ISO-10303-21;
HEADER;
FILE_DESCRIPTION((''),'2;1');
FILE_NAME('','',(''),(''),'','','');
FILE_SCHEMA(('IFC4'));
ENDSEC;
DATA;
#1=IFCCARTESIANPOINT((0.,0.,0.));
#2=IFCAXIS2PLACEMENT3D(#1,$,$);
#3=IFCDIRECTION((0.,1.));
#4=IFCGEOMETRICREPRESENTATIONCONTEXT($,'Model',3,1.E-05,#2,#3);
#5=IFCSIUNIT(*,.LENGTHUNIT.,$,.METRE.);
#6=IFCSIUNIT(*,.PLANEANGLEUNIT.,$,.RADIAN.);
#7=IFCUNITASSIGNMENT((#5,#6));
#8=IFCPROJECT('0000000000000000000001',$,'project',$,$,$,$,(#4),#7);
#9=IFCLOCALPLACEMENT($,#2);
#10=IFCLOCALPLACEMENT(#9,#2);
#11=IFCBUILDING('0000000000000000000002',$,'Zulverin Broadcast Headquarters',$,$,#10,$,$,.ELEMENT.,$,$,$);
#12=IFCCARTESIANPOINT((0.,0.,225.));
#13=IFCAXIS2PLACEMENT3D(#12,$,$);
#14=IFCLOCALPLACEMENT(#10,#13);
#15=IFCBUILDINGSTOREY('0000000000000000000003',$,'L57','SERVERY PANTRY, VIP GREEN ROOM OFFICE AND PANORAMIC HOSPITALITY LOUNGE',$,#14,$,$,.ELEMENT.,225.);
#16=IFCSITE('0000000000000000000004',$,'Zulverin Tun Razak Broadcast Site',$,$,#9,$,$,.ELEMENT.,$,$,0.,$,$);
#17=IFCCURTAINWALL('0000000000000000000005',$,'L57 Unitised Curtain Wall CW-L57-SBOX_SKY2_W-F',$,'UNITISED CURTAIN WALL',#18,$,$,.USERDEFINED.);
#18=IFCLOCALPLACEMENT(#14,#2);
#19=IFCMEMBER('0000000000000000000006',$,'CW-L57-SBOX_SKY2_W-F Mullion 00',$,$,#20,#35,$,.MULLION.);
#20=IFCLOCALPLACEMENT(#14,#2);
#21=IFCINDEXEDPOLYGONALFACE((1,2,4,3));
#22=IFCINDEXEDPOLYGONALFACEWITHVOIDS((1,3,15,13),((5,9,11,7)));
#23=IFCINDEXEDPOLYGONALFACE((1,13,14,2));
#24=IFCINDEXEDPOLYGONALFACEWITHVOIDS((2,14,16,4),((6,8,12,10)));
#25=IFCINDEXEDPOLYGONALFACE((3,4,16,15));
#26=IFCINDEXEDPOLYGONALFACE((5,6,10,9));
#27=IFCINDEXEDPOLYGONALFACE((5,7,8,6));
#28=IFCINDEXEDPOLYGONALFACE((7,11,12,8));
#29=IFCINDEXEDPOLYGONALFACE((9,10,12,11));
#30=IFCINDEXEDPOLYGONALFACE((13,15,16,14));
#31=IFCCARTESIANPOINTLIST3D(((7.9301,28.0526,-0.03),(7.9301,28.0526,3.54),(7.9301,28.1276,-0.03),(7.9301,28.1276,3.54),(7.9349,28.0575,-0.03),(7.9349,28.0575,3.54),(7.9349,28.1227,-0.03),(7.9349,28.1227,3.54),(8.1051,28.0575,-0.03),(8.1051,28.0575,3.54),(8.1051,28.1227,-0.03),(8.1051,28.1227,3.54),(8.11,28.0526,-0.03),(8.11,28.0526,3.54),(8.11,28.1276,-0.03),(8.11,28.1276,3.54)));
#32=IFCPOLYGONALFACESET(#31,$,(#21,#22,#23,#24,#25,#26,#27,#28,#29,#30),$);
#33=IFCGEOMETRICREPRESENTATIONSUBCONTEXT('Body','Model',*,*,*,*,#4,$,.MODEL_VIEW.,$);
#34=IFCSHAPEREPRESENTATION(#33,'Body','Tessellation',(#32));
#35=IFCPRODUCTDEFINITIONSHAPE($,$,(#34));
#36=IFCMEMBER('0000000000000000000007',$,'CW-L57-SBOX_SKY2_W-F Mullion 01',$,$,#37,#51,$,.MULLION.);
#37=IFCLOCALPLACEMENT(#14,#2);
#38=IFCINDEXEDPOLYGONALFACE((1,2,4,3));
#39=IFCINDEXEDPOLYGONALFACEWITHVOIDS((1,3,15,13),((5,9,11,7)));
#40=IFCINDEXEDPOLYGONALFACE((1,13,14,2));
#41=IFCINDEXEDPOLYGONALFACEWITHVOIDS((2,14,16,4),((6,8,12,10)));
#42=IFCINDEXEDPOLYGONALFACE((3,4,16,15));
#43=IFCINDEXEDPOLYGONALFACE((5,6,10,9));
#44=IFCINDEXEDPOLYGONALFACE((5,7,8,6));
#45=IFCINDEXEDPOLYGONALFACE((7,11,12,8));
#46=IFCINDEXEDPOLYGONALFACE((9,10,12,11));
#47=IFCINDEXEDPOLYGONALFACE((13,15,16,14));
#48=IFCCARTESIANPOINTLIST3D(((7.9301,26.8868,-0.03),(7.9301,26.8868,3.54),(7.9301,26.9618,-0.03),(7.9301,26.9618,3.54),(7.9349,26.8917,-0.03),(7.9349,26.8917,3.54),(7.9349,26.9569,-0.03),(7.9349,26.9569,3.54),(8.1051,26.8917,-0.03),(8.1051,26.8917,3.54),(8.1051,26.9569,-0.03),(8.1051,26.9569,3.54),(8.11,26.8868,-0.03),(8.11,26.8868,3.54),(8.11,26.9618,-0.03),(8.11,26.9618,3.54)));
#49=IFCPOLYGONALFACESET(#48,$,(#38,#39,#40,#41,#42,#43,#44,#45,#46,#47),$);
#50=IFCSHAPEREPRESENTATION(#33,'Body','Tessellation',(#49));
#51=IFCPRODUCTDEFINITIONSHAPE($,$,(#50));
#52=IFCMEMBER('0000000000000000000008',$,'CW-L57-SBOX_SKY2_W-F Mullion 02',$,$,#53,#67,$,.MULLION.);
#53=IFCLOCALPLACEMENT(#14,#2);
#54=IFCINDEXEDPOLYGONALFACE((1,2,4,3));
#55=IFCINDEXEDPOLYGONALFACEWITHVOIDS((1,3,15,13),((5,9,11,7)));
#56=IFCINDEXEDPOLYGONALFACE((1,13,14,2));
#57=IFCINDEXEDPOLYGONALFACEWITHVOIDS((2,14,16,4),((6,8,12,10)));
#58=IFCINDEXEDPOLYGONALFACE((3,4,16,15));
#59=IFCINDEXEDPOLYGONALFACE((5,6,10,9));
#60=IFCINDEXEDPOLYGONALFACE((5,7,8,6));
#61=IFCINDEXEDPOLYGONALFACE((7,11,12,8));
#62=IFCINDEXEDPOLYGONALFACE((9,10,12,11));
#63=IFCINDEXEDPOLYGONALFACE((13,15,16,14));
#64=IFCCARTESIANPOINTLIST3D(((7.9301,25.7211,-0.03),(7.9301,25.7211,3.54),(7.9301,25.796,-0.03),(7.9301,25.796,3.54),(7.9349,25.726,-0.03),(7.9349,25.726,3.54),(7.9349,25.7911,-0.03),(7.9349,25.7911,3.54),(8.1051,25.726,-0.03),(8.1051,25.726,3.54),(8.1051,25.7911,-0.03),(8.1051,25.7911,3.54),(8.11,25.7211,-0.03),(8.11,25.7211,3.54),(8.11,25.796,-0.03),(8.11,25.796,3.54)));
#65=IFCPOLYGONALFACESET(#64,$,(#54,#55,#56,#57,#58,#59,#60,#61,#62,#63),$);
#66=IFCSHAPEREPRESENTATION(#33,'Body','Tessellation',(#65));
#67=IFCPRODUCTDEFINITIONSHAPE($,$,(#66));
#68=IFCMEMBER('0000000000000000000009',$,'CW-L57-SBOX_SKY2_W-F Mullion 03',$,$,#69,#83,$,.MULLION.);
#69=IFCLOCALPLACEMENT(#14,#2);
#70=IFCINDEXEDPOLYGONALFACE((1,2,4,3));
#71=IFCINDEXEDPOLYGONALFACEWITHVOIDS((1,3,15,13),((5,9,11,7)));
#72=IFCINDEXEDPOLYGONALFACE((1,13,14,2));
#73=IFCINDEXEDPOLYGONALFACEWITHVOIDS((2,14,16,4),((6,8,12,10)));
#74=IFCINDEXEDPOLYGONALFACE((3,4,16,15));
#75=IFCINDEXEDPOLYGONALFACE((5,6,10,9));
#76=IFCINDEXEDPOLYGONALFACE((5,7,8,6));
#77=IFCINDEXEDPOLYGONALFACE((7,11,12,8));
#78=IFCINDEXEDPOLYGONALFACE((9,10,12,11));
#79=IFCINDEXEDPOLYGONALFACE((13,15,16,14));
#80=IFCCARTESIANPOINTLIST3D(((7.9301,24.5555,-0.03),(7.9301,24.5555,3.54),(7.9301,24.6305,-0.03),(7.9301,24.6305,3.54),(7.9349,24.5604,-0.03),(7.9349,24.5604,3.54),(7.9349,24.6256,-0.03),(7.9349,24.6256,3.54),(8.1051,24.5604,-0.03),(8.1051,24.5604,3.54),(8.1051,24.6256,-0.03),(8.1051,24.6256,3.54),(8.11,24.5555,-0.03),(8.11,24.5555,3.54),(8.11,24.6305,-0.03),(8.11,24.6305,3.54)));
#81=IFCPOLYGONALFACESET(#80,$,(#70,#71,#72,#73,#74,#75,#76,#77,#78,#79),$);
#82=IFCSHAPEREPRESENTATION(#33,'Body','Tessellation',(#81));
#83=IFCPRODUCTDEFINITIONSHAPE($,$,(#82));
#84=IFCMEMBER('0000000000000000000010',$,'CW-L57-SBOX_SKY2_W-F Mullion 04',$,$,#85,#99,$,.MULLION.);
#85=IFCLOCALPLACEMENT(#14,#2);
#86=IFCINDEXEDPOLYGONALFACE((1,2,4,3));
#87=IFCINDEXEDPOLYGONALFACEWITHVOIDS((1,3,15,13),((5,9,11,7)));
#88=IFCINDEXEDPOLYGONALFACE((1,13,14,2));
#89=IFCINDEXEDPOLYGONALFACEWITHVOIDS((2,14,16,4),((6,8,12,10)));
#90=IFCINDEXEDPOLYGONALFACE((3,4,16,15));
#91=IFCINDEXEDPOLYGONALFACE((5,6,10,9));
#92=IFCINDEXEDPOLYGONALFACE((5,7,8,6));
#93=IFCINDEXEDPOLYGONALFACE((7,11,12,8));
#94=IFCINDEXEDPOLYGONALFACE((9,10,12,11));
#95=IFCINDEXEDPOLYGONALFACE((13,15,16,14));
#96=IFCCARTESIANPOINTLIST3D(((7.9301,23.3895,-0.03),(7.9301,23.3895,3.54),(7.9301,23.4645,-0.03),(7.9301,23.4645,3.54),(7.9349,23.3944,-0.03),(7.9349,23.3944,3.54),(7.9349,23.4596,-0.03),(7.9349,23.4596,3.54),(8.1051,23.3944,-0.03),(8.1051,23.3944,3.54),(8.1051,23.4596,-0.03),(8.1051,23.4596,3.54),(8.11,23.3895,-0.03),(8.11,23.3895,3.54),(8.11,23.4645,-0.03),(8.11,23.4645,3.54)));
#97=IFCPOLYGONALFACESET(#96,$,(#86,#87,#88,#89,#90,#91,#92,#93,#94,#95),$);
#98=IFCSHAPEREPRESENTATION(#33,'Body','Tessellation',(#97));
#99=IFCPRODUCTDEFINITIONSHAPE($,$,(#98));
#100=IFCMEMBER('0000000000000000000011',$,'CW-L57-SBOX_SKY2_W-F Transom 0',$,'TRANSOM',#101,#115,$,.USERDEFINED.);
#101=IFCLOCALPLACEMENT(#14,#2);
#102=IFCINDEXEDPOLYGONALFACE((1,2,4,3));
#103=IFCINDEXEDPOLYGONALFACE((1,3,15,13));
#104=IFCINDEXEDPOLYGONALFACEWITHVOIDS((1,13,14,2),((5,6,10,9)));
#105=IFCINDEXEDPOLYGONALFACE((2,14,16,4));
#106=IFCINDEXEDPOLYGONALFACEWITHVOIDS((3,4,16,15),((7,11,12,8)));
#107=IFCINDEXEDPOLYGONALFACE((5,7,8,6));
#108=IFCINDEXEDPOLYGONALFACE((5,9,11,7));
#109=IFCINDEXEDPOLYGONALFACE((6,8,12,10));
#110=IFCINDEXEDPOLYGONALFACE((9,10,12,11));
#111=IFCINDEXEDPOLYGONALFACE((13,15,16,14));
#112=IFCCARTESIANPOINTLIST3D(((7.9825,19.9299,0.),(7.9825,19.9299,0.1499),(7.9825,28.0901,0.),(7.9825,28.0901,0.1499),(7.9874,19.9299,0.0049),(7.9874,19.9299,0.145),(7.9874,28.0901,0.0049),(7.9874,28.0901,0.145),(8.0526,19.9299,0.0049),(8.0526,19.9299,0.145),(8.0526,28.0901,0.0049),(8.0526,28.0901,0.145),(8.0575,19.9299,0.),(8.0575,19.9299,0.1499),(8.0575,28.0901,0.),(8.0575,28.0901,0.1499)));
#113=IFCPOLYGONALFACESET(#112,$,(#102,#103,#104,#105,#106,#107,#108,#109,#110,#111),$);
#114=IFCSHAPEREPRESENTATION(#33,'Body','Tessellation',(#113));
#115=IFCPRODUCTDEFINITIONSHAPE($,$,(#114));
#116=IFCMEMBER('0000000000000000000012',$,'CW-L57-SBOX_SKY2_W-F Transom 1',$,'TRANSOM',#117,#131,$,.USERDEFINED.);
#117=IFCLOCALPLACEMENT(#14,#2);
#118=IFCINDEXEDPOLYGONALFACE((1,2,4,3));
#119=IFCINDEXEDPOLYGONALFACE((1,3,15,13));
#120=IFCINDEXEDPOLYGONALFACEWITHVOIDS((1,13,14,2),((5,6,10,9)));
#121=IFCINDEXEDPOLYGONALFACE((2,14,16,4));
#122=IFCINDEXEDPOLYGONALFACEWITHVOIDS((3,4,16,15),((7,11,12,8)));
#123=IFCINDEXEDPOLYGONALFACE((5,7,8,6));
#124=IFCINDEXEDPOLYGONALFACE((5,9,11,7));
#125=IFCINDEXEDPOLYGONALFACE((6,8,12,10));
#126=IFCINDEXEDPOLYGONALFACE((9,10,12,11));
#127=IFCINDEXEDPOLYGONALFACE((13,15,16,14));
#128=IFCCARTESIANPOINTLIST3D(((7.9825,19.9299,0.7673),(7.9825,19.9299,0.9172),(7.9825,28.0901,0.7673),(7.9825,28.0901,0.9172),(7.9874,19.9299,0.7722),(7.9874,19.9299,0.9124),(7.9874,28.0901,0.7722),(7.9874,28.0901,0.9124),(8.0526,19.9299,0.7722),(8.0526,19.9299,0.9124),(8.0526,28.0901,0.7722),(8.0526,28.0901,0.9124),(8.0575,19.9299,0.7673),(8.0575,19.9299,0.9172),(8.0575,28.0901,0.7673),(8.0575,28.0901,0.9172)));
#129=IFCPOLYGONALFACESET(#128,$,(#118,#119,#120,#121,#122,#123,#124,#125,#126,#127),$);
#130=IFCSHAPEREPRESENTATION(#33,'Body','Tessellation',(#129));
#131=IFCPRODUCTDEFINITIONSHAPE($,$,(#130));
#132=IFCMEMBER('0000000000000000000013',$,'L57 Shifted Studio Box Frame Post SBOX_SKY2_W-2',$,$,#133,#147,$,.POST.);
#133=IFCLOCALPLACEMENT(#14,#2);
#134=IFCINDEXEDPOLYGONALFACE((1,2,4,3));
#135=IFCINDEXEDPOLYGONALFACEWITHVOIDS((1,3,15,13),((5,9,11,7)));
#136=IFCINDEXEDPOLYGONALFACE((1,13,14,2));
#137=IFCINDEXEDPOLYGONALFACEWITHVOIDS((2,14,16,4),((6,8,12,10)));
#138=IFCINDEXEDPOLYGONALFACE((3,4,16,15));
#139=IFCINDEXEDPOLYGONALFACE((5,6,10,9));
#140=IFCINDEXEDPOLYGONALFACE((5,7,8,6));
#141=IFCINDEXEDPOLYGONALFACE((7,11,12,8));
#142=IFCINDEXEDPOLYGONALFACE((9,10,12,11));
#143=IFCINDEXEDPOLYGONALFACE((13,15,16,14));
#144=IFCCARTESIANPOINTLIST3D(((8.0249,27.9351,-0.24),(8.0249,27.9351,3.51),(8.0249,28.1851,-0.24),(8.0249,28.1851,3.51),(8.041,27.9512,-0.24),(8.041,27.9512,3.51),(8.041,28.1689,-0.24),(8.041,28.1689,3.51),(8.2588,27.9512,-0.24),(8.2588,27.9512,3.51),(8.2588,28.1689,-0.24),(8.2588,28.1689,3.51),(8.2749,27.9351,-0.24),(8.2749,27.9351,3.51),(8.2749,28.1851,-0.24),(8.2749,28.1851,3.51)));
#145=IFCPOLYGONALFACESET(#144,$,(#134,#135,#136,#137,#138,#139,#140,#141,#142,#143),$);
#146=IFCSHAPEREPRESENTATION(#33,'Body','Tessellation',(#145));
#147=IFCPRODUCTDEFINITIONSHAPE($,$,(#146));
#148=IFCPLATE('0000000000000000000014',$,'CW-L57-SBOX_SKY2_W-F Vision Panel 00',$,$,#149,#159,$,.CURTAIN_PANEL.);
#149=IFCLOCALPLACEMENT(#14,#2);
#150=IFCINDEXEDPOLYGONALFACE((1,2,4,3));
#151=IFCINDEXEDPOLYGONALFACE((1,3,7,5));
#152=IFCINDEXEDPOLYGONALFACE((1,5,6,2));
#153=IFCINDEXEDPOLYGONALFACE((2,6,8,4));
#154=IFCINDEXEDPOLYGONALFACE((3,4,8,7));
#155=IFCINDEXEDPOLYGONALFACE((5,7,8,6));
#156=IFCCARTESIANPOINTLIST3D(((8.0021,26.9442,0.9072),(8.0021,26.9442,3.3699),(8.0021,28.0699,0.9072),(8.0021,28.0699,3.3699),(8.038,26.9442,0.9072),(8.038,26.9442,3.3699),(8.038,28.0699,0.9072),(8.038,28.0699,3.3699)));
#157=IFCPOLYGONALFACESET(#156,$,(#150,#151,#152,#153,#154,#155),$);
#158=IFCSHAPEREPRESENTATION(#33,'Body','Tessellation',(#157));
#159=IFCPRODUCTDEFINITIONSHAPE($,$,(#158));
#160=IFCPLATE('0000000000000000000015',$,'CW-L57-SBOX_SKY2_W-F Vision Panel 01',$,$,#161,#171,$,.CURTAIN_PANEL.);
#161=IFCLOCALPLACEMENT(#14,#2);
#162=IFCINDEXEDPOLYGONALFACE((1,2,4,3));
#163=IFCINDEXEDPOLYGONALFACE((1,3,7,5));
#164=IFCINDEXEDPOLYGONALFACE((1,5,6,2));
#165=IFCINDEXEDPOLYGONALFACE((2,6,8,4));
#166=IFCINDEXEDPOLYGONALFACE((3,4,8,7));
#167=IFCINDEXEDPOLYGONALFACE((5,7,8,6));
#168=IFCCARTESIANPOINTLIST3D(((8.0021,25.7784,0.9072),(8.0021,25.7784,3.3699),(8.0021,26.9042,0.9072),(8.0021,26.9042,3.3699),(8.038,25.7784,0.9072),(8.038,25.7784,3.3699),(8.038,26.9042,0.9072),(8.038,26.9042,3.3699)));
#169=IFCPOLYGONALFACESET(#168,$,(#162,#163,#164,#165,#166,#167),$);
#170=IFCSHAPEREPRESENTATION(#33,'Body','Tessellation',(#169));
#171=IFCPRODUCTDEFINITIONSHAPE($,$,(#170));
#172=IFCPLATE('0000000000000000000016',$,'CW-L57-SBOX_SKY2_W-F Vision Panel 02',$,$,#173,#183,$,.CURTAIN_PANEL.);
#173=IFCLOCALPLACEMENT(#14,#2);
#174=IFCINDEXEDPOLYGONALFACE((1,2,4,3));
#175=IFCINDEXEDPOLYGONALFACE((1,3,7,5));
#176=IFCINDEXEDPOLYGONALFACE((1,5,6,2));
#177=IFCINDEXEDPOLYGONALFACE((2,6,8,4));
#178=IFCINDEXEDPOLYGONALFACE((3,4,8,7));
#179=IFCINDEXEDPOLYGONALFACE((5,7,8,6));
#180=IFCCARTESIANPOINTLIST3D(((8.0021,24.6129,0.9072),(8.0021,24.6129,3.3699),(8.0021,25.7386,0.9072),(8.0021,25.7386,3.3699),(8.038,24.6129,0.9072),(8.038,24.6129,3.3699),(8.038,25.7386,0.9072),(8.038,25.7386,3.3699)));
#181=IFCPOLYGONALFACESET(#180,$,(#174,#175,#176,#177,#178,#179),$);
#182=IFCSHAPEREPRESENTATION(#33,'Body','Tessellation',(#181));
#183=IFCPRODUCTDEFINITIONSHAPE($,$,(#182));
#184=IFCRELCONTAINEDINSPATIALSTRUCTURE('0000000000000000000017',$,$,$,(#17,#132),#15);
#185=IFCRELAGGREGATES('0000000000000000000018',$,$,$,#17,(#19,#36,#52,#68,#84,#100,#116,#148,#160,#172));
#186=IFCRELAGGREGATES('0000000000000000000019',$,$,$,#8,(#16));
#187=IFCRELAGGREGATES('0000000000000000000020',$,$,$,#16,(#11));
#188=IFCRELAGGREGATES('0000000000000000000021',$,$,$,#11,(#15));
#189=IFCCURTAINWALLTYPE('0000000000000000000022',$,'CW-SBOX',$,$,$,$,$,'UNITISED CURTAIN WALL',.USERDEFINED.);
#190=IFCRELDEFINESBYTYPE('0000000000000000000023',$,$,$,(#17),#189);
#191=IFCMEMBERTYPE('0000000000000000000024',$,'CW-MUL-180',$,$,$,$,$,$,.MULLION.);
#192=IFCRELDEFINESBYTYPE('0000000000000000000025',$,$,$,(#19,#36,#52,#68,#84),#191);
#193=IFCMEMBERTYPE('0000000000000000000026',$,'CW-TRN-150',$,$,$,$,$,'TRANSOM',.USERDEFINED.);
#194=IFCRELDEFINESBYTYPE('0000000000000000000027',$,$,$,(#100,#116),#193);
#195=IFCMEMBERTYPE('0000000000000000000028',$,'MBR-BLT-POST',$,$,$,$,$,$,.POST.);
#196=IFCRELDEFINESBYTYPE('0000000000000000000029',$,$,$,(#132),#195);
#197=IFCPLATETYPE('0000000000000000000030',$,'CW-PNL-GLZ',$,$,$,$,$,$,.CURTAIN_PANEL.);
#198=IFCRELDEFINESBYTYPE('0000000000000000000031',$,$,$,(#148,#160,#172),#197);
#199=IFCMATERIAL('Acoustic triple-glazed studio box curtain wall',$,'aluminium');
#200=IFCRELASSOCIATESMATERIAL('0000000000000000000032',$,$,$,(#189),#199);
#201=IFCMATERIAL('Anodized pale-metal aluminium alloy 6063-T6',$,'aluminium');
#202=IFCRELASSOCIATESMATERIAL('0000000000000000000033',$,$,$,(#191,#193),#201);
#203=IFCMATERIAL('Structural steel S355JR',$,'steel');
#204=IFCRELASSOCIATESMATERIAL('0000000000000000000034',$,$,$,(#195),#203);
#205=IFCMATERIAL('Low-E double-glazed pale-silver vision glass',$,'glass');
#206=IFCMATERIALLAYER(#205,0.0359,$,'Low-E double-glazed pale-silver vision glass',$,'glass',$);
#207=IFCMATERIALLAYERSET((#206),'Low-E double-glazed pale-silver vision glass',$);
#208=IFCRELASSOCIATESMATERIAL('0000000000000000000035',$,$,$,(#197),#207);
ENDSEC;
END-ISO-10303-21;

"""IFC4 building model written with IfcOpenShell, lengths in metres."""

from ifc_helpers import new_model, si_unit, direction, frame, origin, origin_2d, place, context, subcontext, project, spatial, rectangle, hollow_rectangle, extrude, material, layer, layer_set, material_profile, profile_set, type_object, element, aggregate, save


model = new_model("IFC4")

# Units and contexts
model_context = context("Model", 3, precision=1e-05, world=origin(), true_north=direction((0.0, 1.0)))
body_context = subcontext(model_context, "Body", "Model", "MODEL_VIEW")
ifc_project = project(units=[si_unit("LENGTHUNIT", "METRE"), si_unit("PLANEANGLEUNIT", "RADIAN")], contexts=[model_context])

# Site, building, storey
site_placement = place(None, origin())
site = spatial("IfcSite", under=ifc_project, at=site_placement, Name="Zulverin Tun Razak Broadcast Site", CompositionType="ELEMENT", RefElevation=0.0)
building_placement = place(site_placement, origin())
building = spatial("IfcBuilding", under=site, at=building_placement, Name="Zulverin Broadcast Headquarters", CompositionType="ELEMENT")
storey_placement = place(building_placement, frame((0.0, 0.0, 225.0)))
storey = spatial("IfcBuildingStorey", under=building, at=storey_placement, Name="L57", Description="SERVERY PANTRY, VIP GREEN ROOM OFFICE AND PANORAMIC HOSPITALITY LOUNGE", CompositionType="ELEMENT", Elevation=225.0)

# Curtain wall, members
ifc_material_1 = material(Name="Acoustic triple-glazed studio box curtain wall", Category="aluminium")
curtain_wall_type = type_object("IfcCurtainWallType", Name="CW-SBOX", ElementType="UNITISED CURTAIN WALL", PredefinedType="USERDEFINED", material=ifc_material_1)
curtain_wall_placement = place(storey_placement, origin())
curtain_wall = element("IfcCurtainWall", 1, at=curtain_wall_placement, inside=storey, type_object=curtain_wall_type, Name="L57 Unitised Curtain Wall CW-L57-SBOX_SKY2_W-F", ObjectType="UNITISED CURTAIN WALL", PredefinedType="USERDEFINED")
ifc_material_2 = material(Name="Anodized pale-metal aluminium alloy 6063-T6", Category="aluminium")
ifc_material_profile_1 = material_profile(ifc_material_2, hollow_rectangle(XDim=0.075, YDim=0.1799, WallThickness=0.0049, at=origin_2d()), Name="Anodized pale-metal aluminium alloy 6063-T6", Category="aluminium")
ifc_profile_set_1 = profile_set([ifc_material_profile_1], Name="Anodized pale-metal aluminium alloy 6063-T6")
member_type_1 = type_object("IfcMemberType", Name="CW-MUL-180", PredefinedType="MULLION", material=ifc_profile_set_1)
member_1_placement = place(storey_placement, frame((8.02, 28.0901, -0.03), z_axis=(0.0, 0.0, 1.0), x_axis=(0.0, -1.0, 0.0)))
member_1 = element("IfcMember", 2, at=member_1_placement, type_object=member_type_1, Name="CW-L57-SBOX_SKY2_W-F Mullion 00", PredefinedType="MULLION", context=body_context, shape_type="SweptSolid", body=[
    extrude(hollow_rectangle(XDim=0.075, YDim=0.1799, WallThickness=0.0049, at=origin_2d()), origin(), (0.0, 0.0, 1.0), 3.5701),
])
member_2_placement = place(storey_placement, frame((8.02, 26.9243, -0.03), z_axis=(0.0, 0.0, 1.0), x_axis=(0.0, -1.0, 0.0)))
member_2 = element("IfcMember", 3, at=member_2_placement, type_object=member_type_1, Name="CW-L57-SBOX_SKY2_W-F Mullion 01", PredefinedType="MULLION", context=body_context, shape_type="SweptSolid", body=[
    extrude(hollow_rectangle(XDim=0.075, YDim=0.1799, WallThickness=0.0049, at=origin_2d()), origin(), (0.0, 0.0, 1.0), 3.5701),
])
member_3_placement = place(storey_placement, frame((8.02, 25.7585, -0.03), z_axis=(0.0, 0.0, 1.0), x_axis=(0.0, -1.0, 0.0)))
member_3 = element("IfcMember", 4, at=member_3_placement, type_object=member_type_1, Name="CW-L57-SBOX_SKY2_W-F Mullion 02", PredefinedType="MULLION", context=body_context, shape_type="SweptSolid", body=[
    extrude(hollow_rectangle(XDim=0.075, YDim=0.1799, WallThickness=0.0049, at=origin_2d()), origin(), (0.0, 0.0, 1.0), 3.5701),
])
member_4_placement = place(storey_placement, frame((8.02, 24.593, -0.03), z_axis=(0.0, 0.0, 1.0), x_axis=(0.0, -1.0, 0.0)))
member_4 = element("IfcMember", 5, at=member_4_placement, type_object=member_type_1, Name="CW-L57-SBOX_SKY2_W-F Mullion 03", PredefinedType="MULLION", context=body_context, shape_type="SweptSolid", body=[
    extrude(hollow_rectangle(XDim=0.075, YDim=0.1799, WallThickness=0.0049, at=origin_2d()), origin(), (0.0, 0.0, 1.0), 3.5701),
])
member_5_placement = place(storey_placement, frame((8.02, 23.427, -0.03), z_axis=(0.0, 0.0, 1.0), x_axis=(0.0, -1.0, 0.0)))
member_5 = element("IfcMember", 6, at=member_5_placement, type_object=member_type_1, Name="CW-L57-SBOX_SKY2_W-F Mullion 04", PredefinedType="MULLION", context=body_context, shape_type="SweptSolid", body=[
    extrude(hollow_rectangle(XDim=0.075, YDim=0.1799, WallThickness=0.0049, at=origin_2d()), origin(), (0.0, 0.0, 1.0), 3.5701),
])
ifc_material_profile_2 = material_profile(ifc_material_2, hollow_rectangle(XDim=0.075, YDim=0.1499, WallThickness=0.0049, at=origin_2d()), Name="Anodized pale-metal aluminium alloy 6063-T6", Category="aluminium")
ifc_profile_set_2 = profile_set([ifc_material_profile_2], Name="Anodized pale-metal aluminium alloy 6063-T6")
member_type_2 = type_object("IfcMemberType", Name="CW-TRN-150", ElementType="TRANSOM", PredefinedType="USERDEFINED", material=ifc_profile_set_2)
member_6_placement = place(storey_placement, frame((8.02, 28.0901, 0.075), z_axis=(0.0, -1.0, 0.0), x_axis=(1.0, 0.0, 0.0)))
member_6 = element("IfcMember", 7, at=member_6_placement, type_object=member_type_2, Name="CW-L57-SBOX_SKY2_W-F Transom 0", ObjectType="TRANSOM", PredefinedType="USERDEFINED", context=body_context, shape_type="SweptSolid", body=[
    extrude(hollow_rectangle(XDim=0.075, YDim=0.1499, WallThickness=0.0049, at=origin_2d()), origin(), (0.0, 0.0, 1.0), 8.1602),
])
member_7_placement = place(storey_placement, frame((8.02, 28.0901, 0.8423), z_axis=(0.0, -1.0, 0.0), x_axis=(1.0, 0.0, 0.0)))
member_7 = element("IfcMember", 8, at=member_7_placement, type_object=member_type_2, Name="CW-L57-SBOX_SKY2_W-F Transom 1", ObjectType="TRANSOM", PredefinedType="USERDEFINED", context=body_context, shape_type="SweptSolid", body=[
    extrude(hollow_rectangle(XDim=0.075, YDim=0.1499, WallThickness=0.0049, at=origin_2d()), origin(), (0.0, 0.0, 1.0), 8.1602),
])

# Member
ifc_material_3 = material(Name="Structural steel S355JR", Category="steel")
ifc_material_profile_3 = material_profile(ifc_material_3, hollow_rectangle(XDim=0.25, YDim=0.25, WallThickness=0.0161, at=origin_2d()), Name="Structural steel S355JR", Category="steel")
ifc_profile_set_3 = profile_set([ifc_material_profile_3], Name="Structural steel S355JR")
member_type_3 = type_object("IfcMemberType", Name="MBR-BLT-POST", PredefinedType="POST", material=ifc_profile_set_3)
member_8_placement = place(storey_placement, frame((8.1499, 28.0601, -0.24), z_axis=(0.0, 0.0, 1.0), x_axis=(1.0, 0.0, 0.0)))
element("IfcMember", 9, at=member_8_placement, inside=storey, type_object=member_type_3, Name="L57 Shifted Studio Box Frame Post SBOX_SKY2_W-2", PredefinedType="POST", context=body_context, shape_type="SweptSolid", body=[
    extrude(hollow_rectangle(XDim=0.25, YDim=0.25, WallThickness=0.0161, at=origin_2d()), origin(), (0.0, 0.0, 1.0), 3.75),
])

# Plates
ifc_material_4 = material(Name="Low-E double-glazed pale-silver vision glass", Category="glass")
ifc_layer_1 = layer(ifc_material_4, 0.0359, Name="Low-E double-glazed pale-silver vision glass", Category="glass")
ifc_layer_set_1 = layer_set([ifc_layer_1], Name="Low-E double-glazed pale-silver vision glass")
plate_type_1 = type_object("IfcPlateType", Name="CW-PNL-GLZ", PredefinedType="CURTAIN_PANEL", material=ifc_layer_set_1)
plate_1_placement = place(storey_placement, frame((8.02, 27.5071, 0.9072), z_axis=(0.0, 0.0, 1.0), x_axis=(0.0, -1.0, 0.0)))
plate_1 = element("IfcPlate", 10, at=plate_1_placement, type_object=plate_type_1, Name="CW-L57-SBOX_SKY2_W-F Vision Panel 00", PredefinedType="CURTAIN_PANEL", context=body_context, shape_type="SweptSolid", body=[
    extrude(rectangle(XDim=1.1257, YDim=0.0359, at=origin_2d()), origin(), (0.0, 0.0, 1.0), 2.4626),
])
plate_2_placement = place(storey_placement, frame((8.02, 26.3413, 0.9072), z_axis=(0.0, 0.0, 1.0), x_axis=(0.0, -1.0, 0.0)))
plate_2 = element("IfcPlate", 11, at=plate_2_placement, type_object=plate_type_1, Name="CW-L57-SBOX_SKY2_W-F Vision Panel 01", PredefinedType="CURTAIN_PANEL", context=body_context, shape_type="SweptSolid", body=[
    extrude(rectangle(XDim=1.1257, YDim=0.0359, at=origin_2d()), origin(), (0.0, 0.0, 1.0), 2.4626),
])
plate_3_placement = place(storey_placement, frame((8.02, 25.1758, 0.9072), z_axis=(0.0, 0.0, 1.0), x_axis=(0.0, -1.0, 0.0)))
plate_3 = element("IfcPlate", 12, at=plate_3_placement, type_object=plate_type_1, Name="CW-L57-SBOX_SKY2_W-F Vision Panel 02", PredefinedType="CURTAIN_PANEL", context=body_context, shape_type="SweptSolid", body=[
    extrude(rectangle(XDim=1.1257, YDim=0.0359, at=origin_2d()), origin(), (0.0, 0.0, 1.0), 2.4626),
])
aggregate(curtain_wall, [member_1, member_2, member_3, member_4, member_5, member_6, member_7, plate_1, plate_2, plate_3])

save(model, "model.ifc")
